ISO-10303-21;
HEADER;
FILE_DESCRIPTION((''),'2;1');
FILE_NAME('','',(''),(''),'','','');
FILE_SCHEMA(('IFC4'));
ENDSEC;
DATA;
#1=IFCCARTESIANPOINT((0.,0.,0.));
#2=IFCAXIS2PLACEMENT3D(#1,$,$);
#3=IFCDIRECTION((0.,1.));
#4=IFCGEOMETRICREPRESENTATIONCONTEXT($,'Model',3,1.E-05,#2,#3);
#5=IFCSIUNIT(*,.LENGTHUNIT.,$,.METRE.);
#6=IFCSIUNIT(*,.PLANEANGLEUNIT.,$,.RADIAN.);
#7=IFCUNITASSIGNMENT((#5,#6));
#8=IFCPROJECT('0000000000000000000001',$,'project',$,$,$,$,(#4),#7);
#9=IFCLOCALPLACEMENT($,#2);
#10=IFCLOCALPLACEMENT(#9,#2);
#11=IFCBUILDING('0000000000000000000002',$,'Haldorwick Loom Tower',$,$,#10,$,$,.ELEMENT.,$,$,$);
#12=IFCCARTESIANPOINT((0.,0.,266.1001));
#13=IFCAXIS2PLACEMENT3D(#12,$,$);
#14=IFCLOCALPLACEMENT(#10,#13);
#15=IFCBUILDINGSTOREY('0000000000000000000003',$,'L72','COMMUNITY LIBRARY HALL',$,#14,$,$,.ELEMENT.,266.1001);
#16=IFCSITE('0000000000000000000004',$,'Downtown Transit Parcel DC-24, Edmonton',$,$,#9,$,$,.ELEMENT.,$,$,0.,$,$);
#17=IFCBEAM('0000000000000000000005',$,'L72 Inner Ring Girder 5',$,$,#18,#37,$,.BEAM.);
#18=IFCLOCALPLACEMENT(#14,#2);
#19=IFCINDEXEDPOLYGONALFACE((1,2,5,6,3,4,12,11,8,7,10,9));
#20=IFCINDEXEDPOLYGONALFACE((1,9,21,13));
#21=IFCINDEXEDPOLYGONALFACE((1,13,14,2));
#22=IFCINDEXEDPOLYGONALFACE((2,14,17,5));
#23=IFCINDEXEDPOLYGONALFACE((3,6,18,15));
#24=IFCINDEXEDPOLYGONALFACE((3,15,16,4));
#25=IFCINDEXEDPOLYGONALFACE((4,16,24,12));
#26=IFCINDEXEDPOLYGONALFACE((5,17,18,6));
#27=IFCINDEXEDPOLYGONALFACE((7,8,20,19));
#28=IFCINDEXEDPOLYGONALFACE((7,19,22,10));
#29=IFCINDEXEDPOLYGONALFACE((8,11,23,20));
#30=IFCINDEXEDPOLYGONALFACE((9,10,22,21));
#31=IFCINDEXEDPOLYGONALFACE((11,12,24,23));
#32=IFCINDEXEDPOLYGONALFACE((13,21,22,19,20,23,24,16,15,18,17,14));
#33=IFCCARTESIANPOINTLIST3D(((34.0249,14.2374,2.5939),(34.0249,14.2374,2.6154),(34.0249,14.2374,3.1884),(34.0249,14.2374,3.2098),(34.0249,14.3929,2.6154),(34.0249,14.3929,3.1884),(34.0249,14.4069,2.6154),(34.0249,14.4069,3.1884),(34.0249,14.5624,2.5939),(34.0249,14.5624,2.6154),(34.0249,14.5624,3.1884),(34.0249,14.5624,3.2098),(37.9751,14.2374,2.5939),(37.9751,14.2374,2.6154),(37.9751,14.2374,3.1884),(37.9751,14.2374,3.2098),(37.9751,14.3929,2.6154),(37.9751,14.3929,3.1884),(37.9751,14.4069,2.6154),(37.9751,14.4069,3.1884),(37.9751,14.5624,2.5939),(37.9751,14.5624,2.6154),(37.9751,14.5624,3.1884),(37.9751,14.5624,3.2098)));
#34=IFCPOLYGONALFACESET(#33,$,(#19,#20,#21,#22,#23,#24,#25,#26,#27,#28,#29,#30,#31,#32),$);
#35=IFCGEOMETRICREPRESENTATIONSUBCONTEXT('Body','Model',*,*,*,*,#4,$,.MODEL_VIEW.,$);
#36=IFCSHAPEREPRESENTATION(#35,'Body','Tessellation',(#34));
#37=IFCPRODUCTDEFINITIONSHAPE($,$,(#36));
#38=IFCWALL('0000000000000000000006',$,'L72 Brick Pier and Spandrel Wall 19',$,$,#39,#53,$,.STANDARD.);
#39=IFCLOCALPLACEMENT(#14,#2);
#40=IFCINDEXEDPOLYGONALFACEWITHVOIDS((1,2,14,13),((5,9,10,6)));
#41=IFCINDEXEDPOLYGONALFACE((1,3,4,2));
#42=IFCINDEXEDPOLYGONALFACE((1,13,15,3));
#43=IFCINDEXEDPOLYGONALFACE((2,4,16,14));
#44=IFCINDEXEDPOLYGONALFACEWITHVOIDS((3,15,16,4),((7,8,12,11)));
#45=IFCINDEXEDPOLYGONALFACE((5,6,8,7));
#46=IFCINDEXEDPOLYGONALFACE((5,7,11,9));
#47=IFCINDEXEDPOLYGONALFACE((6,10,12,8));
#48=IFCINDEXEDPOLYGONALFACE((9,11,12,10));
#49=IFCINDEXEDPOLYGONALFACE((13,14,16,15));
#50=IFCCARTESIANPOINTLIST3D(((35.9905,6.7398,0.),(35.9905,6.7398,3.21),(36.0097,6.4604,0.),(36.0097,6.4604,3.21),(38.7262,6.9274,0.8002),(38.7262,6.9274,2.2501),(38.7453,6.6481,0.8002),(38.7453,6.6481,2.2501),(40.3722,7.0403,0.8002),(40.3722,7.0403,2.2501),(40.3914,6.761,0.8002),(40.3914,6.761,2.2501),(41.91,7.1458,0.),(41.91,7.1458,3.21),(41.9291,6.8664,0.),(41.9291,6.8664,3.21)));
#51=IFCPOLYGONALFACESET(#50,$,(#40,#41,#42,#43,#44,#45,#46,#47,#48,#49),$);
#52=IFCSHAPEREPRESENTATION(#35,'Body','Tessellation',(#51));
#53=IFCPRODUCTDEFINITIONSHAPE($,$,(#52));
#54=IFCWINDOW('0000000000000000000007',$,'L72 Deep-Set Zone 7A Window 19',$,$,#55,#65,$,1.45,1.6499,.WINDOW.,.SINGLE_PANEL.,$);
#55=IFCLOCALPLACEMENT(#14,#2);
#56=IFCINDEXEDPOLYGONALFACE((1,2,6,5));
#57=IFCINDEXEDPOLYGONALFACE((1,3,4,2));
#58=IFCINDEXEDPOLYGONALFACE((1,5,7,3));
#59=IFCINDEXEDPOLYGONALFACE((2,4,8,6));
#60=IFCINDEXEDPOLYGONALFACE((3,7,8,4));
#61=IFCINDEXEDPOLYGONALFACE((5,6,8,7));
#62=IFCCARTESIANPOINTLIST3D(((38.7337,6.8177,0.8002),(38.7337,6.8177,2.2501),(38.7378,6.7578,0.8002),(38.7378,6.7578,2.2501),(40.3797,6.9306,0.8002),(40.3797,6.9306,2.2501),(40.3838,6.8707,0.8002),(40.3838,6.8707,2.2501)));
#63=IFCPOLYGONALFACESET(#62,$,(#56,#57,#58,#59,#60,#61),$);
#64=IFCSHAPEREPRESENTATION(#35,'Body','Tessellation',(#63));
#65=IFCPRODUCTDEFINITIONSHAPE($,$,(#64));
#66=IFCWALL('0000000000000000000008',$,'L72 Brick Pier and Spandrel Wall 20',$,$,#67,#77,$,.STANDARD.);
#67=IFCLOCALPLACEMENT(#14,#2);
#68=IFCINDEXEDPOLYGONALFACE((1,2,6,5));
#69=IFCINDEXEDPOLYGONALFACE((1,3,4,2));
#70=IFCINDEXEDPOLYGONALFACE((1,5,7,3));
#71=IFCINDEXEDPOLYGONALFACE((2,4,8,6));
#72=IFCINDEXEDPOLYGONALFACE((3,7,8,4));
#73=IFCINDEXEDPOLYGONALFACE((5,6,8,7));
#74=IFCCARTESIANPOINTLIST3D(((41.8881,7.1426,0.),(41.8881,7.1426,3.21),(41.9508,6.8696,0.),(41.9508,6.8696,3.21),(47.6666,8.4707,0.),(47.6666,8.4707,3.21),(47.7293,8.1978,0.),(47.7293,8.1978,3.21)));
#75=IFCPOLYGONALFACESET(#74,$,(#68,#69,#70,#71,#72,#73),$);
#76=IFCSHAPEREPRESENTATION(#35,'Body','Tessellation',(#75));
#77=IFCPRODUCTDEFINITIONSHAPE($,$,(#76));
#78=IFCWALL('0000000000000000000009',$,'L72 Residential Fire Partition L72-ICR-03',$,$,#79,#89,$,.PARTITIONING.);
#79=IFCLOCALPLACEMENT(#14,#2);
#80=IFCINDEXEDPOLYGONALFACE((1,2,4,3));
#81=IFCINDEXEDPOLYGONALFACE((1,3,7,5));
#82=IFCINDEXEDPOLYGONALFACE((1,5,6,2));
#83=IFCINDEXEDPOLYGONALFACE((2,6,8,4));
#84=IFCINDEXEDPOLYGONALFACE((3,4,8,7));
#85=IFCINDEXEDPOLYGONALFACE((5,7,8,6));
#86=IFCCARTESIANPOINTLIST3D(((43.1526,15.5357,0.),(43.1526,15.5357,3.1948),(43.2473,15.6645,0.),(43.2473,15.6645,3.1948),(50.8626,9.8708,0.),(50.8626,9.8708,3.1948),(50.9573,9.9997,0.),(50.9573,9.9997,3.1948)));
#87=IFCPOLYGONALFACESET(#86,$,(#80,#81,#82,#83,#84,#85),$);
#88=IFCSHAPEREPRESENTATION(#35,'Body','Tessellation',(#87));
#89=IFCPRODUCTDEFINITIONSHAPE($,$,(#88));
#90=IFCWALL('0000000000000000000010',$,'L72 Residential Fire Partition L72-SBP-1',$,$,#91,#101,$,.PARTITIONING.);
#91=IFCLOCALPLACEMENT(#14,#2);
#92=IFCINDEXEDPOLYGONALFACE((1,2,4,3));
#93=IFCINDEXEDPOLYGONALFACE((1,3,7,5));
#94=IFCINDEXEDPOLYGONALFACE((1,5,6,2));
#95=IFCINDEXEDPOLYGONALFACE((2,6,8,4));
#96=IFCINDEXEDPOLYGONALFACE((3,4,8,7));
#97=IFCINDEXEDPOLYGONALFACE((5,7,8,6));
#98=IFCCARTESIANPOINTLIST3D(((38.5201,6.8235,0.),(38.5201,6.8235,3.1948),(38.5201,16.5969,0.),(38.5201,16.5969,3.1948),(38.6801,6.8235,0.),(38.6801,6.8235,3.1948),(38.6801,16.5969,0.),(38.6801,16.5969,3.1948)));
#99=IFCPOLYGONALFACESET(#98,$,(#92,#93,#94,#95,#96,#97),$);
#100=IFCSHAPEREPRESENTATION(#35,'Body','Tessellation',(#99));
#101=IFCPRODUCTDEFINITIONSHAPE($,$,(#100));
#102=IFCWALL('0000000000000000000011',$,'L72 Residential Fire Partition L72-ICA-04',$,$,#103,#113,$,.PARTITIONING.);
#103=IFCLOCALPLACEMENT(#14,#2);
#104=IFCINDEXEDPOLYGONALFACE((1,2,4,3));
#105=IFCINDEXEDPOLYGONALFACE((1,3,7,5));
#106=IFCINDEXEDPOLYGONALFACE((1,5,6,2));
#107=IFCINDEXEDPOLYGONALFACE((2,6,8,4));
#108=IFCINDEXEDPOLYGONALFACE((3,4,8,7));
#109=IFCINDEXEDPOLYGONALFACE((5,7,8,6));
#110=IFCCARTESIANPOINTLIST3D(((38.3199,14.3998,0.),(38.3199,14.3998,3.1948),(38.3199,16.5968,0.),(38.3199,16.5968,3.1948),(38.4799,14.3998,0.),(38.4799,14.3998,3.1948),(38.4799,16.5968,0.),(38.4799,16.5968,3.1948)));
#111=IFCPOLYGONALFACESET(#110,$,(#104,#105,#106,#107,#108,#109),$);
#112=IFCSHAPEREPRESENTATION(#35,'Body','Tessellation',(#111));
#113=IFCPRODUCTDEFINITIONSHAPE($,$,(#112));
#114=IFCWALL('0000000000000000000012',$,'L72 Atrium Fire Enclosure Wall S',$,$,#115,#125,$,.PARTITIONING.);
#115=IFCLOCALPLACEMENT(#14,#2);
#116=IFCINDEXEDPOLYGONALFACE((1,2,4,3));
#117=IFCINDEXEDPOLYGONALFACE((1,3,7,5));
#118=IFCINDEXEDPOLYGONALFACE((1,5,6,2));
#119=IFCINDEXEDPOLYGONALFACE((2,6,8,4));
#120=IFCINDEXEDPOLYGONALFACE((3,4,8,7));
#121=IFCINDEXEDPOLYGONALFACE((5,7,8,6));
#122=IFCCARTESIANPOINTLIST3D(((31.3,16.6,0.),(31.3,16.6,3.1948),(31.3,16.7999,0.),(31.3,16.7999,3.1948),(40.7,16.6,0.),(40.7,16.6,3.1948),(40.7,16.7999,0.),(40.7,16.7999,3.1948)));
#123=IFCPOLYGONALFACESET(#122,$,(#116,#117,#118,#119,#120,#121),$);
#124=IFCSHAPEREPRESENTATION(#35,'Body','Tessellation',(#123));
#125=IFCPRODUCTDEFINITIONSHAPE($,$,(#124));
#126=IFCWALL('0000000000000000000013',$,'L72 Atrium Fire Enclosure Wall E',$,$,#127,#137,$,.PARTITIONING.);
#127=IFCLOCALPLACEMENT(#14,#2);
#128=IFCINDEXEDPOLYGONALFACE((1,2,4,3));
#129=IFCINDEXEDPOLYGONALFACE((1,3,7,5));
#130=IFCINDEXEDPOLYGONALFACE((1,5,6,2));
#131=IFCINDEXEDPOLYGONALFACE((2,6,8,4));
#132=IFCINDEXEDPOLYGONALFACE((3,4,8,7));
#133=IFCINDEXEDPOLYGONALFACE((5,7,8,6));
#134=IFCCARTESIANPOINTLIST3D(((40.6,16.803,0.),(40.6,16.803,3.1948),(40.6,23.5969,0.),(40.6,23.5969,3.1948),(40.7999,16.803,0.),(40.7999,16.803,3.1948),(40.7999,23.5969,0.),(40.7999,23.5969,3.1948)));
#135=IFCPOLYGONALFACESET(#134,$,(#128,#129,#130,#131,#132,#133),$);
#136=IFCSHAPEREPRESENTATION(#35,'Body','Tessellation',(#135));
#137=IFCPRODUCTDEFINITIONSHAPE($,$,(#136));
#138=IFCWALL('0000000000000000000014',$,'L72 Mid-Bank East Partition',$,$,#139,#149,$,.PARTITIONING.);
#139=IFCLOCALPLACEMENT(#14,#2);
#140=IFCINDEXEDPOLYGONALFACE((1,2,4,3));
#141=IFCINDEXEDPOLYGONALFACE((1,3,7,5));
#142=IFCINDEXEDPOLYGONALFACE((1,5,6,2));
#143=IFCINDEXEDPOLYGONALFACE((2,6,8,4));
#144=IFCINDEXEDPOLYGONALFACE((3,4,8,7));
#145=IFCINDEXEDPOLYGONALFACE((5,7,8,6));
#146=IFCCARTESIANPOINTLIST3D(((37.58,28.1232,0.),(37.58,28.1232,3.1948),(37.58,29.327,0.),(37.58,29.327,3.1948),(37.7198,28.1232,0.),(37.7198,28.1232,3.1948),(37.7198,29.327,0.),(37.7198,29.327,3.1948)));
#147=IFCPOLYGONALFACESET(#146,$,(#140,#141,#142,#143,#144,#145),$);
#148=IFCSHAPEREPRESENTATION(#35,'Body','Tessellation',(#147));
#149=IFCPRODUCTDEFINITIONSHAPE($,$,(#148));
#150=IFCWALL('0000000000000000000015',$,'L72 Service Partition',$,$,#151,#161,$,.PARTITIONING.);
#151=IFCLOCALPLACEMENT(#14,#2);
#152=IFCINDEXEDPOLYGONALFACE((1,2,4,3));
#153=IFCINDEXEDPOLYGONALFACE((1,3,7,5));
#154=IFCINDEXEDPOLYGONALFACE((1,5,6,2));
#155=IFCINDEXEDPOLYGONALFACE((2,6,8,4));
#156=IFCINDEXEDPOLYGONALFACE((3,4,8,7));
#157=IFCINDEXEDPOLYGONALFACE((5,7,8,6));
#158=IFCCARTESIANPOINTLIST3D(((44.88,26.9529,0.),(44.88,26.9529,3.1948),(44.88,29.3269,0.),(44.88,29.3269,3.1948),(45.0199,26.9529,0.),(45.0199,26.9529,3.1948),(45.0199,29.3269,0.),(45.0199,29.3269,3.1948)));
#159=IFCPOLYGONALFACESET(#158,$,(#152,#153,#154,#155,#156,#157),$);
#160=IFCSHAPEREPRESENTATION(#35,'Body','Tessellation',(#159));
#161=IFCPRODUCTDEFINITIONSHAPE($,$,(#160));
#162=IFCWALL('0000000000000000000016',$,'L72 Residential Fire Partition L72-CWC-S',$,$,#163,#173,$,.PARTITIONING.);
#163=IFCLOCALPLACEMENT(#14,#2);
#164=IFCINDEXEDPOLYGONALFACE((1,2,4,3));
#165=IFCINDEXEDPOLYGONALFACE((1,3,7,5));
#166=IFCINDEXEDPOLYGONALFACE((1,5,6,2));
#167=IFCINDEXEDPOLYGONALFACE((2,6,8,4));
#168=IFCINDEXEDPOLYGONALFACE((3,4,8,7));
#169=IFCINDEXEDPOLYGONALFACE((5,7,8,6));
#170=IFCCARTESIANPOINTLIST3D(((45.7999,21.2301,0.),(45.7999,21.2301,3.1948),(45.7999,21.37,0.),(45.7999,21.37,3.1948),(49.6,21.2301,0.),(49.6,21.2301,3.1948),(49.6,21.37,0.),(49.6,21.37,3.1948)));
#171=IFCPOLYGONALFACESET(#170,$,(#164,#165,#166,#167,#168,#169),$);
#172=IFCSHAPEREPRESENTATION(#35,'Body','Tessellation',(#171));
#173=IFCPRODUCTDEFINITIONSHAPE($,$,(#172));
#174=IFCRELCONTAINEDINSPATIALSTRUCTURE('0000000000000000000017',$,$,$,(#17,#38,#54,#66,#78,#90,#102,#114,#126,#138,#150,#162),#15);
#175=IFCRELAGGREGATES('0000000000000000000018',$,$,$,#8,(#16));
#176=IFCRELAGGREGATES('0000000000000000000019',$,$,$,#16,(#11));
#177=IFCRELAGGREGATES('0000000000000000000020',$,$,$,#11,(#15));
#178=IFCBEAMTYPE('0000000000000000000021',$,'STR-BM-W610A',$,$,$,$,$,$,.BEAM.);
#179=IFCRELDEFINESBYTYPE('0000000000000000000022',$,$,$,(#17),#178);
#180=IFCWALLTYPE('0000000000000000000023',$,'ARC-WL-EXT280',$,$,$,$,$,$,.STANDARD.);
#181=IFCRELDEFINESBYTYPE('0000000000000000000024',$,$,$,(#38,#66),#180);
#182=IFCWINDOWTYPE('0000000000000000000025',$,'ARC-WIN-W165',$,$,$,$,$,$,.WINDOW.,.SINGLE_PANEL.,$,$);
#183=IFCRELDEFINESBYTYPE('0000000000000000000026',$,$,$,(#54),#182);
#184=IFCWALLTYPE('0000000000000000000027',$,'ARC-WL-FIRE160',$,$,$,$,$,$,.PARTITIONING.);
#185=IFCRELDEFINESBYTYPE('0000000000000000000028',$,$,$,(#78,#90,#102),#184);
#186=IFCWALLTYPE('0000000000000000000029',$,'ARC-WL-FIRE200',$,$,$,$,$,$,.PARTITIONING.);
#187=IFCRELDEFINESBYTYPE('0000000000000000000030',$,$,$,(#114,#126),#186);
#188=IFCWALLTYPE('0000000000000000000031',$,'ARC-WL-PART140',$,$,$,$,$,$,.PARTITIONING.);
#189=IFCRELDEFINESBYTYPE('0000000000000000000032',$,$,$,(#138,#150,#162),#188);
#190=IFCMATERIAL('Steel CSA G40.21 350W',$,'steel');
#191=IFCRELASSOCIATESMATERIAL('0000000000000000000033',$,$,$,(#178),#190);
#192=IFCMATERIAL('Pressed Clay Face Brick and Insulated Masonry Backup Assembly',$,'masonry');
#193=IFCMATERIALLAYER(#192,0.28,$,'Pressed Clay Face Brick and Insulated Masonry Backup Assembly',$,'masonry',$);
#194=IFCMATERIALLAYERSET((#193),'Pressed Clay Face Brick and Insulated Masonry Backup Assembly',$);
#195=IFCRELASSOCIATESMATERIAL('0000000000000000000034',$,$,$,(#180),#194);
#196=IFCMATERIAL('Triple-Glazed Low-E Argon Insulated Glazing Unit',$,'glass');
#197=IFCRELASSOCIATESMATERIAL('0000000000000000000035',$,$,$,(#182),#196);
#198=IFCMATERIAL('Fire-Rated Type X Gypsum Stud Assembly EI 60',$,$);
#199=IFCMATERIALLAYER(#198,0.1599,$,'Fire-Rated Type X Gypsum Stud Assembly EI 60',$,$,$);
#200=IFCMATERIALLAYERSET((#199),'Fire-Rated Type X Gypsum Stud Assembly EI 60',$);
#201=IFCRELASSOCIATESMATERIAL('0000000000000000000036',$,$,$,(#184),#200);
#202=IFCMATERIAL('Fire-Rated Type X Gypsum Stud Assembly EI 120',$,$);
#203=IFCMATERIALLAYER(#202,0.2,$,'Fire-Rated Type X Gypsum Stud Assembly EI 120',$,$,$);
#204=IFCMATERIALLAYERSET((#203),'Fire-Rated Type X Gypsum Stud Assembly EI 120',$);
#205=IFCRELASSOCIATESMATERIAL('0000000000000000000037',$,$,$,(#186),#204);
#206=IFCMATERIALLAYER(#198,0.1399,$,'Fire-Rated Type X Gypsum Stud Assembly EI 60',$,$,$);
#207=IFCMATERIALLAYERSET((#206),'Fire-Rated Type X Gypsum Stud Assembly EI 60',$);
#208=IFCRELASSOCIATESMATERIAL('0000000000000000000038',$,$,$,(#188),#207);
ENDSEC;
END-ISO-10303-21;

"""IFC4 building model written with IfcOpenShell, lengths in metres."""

from ifc_helpers import new_model, si_unit, direction, frame, frame_2d, origin, origin_2d, place, context, subcontext, project, spatial, rectangle, i_section, extrude, material, layer, layer_set, material_profile, profile_set, type_object, element, fill, save


model = new_model("IFC4")

# Units and contexts
model_context = context("Model", 3, precision=1e-05, world=origin(), true_north=direction((0.0, 1.0)))
body_context = subcontext(model_context, "Body", "Model", "MODEL_VIEW")
ifc_project = project(units=[si_unit("LENGTHUNIT", "METRE"), si_unit("PLANEANGLEUNIT", "RADIAN")], contexts=[model_context])

# Site, building, storey
site_placement = place(None, origin())
site = spatial("IfcSite", under=ifc_project, at=site_placement, Name="Downtown Transit Parcel DC-24, Edmonton", CompositionType="ELEMENT", RefElevation=0.0)
building_placement = place(site_placement, origin())
building = spatial("IfcBuilding", under=site, at=building_placement, Name="Haldorwick Loom Tower", CompositionType="ELEMENT")
storey_placement = place(building_placement, frame((0.0, 0.0, 266.1001)))
storey = spatial("IfcBuildingStorey", under=building, at=storey_placement, Name="L72", Description="COMMUNITY LIBRARY HALL", CompositionType="ELEMENT", Elevation=266.1001)

# Shared definitions
ifc_material_1 = material(Name="Steel CSA G40.21 350W", Category="steel")

# Beam
ifc_material_profile_1 = material_profile(ifc_material_1, i_section(OverallWidth=0.325, OverallDepth=0.616, WebThickness=0.0139, FlangeThickness=0.0215, at=origin_2d()), Name="W610X174", Category="steel")
ifc_profile_set_1 = profile_set([ifc_material_profile_1], Name="Steel CSA G40.21 350W")
beam_type_1 = type_object("IfcBeamType", Name="STR-BM-W610A", PredefinedType="BEAM", material=ifc_profile_set_1)
beam_1_placement = place(storey_placement, frame((37.9751, 14.3999, 2.9019), z_axis=(-1.0, 0.0, 0.0), x_axis=(0.0, -1.0, 0.0)))
element("IfcBeam", 1, at=beam_1_placement, inside=storey, type_object=beam_type_1, Name="L72 Inner Ring Girder 5", PredefinedType="BEAM", context=body_context, shape_type="SweptSolid", body=[
    extrude(i_section(OverallWidth=0.325, OverallDepth=0.616, WebThickness=0.0139, FlangeThickness=0.0215, at=origin_2d()), origin(), (0.0, 0.0, 1.0), 3.9502),
])

# Wall, opening, window
ifc_material_2 = material(Name="Pressed Clay Face Brick and Insulated Masonry Backup Assembly", Category="masonry")
ifc_layer_1 = layer(ifc_material_2, 0.28, Name="Pressed Clay Face Brick and Insulated Masonry Backup Assembly", Category="masonry")
ifc_layer_set_1 = layer_set([ifc_layer_1], Name="Pressed Clay Face Brick and Insulated Masonry Backup Assembly")
wall_type_1 = type_object("IfcWallType", Name="ARC-WL-EXT280", PredefinedType="STANDARD", material=ifc_layer_set_1)
wall_1_placement = place(storey_placement, frame((36.0, 6.6001, 0.0), z_axis=(0.0, 0.0, 1.0), x_axis=(0.997656, 0.068428, 0.0)))
wall_1 = element("IfcWall", 2, at=wall_1_placement, inside=storey, type_object=wall_type_1, Name="L72 Brick Pier and Spandrel Wall 19", PredefinedType="STANDARD", context=body_context, shape_type="SweptSolid", body=[
    extrude(rectangle(XDim=5.9333, YDim=0.28, at=frame_2d((2.9668, 0.0))), origin(), (0.0, 0.0, 1.0), 3.21),
])
opening_placement = place(wall_1_placement, frame((2.7422, 0.0, 0.8)))
opening = element("IfcOpeningElement", 3, at=opening_placement, cuts=wall_1, PredefinedType="OPENING", context=body_context, shape_type="SweptSolid", body=[
    extrude(rectangle(XDim=1.6499, YDim=1.45, at=frame_2d((0.825, 0.7251))), frame((0.0, 0.1499, 0.0), z_axis=(0.0, -1.0, 0.0), x_axis=(1.0, 0.0, 0.0)), (0.0, 0.0, 1.0), 0.3),
])
ifc_material_3 = material(Name="Triple-Glazed Low-E Argon Insulated Glazing Unit", Category="glass")
window_type = type_object("IfcWindowType", Name="ARC-WIN-W165", PartitioningType="SINGLE_PANEL", PredefinedType="WINDOW", material=ifc_material_3)
window_placement = place(opening_placement, origin())
window = element("IfcWindow", 4, at=window_placement, inside=storey, type_object=window_type, Name="L72 Deep-Set Zone 7A Window 19", OverallHeight=1.45, OverallWidth=1.6499, PartitioningType="SINGLE_PANEL", PredefinedType="WINDOW", context=body_context, shape_type="SweptSolid", body=[
    extrude(rectangle(XDim=1.6499, YDim=1.45, at=frame_2d((0.825, 0.7251))), frame((0.0, 0.03, 0.0), z_axis=(0.0, -1.0, 0.0), x_axis=(1.0, 0.0, 0.0)), (0.0, 0.0, 1.0), 0.0601),
])
fill(opening, window)

# Walls
wall_2_placement = place(storey_placement, frame((41.9194, 7.0061, 0.0), z_axis=(0.0, 0.0, 1.0), x_axis=(0.97459, 0.223996, 0.0)))
element("IfcWall", 5, at=wall_2_placement, inside=storey, type_object=wall_type_1, Name="L72 Brick Pier and Spandrel Wall 20", PredefinedType="STANDARD", context=body_context, shape_type="SweptSolid", body=[
    extrude(rectangle(XDim=5.9292, YDim=0.28, at=frame_2d((2.9646, 0.0))), origin(), (0.0, 0.0, 1.0), 3.21),
])
ifc_material_4 = material(Name="Fire-Rated Type X Gypsum Stud Assembly EI 60")
ifc_layer_2 = layer(ifc_material_4, 0.1599, Name="Fire-Rated Type X Gypsum Stud Assembly EI 60")
ifc_layer_set_2 = layer_set([ifc_layer_2], Name="Fire-Rated Type X Gypsum Stud Assembly EI 60")
wall_type_2 = type_object("IfcWallType", Name="ARC-WL-FIRE160", PredefinedType="PARTITIONING", material=ifc_layer_set_2)
wall_3_placement = place(storey_placement, frame((43.2, 15.6001, 0.0), z_axis=(0.0, 0.0, 1.0), x_axis=(0.805865, -0.592099, 0.0)))
element("IfcWall", 6, at=wall_3_placement, inside=storey, type_object=wall_type_2, Name="L72 Residential Fire Partition L72-ICR-03", PredefinedType="PARTITIONING", context=body_context, shape_type="SweptSolid", body=[
    extrude(rectangle(XDim=9.5674, YDim=0.1599, at=frame_2d((4.7837, 0.0))), origin(), (0.0, 0.0, 1.0), 3.1948),
])
wall_4_placement = place(storey_placement, frame((38.6001, 6.8235, 0.0), z_axis=(0.0, 0.0, 1.0), x_axis=(0.0, 1.0, 0.0)))
element("IfcWall", 7, at=wall_4_placement, inside=storey, type_object=wall_type_2, Name="L72 Residential Fire Partition L72-SBP-1", PredefinedType="PARTITIONING", context=body_context, shape_type="SweptSolid", body=[
    extrude(rectangle(XDim=9.7734, YDim=0.1599, at=frame_2d((4.8867, 0.0))), origin(), (0.0, 0.0, 1.0), 3.1948),
])
wall_5_placement = place(storey_placement, frame((38.3999, 16.5969, 0.0), z_axis=(0.0, 0.0, 1.0), x_axis=(0.0, -1.0, 0.0)))
element("IfcWall", 8, at=wall_5_placement, inside=storey, type_object=wall_type_2, Name="L72 Residential Fire Partition L72-ICA-04", PredefinedType="PARTITIONING", context=body_context, shape_type="SweptSolid", body=[
    extrude(rectangle(XDim=2.197, YDim=0.1599, at=frame_2d((1.0986, 0.0))), origin(), (0.0, 0.0, 1.0), 3.1948),
])
ifc_material_5 = material(Name="Fire-Rated Type X Gypsum Stud Assembly EI 120")
ifc_layer_3 = layer(ifc_material_5, 0.2, Name="Fire-Rated Type X Gypsum Stud Assembly EI 120")
ifc_layer_set_3 = layer_set([ifc_layer_3], Name="Fire-Rated Type X Gypsum Stud Assembly EI 120")
wall_type_3 = type_object("IfcWallType", Name="ARC-WL-FIRE200", PredefinedType="PARTITIONING", material=ifc_layer_set_3)
wall_6_placement = place(storey_placement, frame((40.7, 16.7, 0.0), z_axis=(0.0, 0.0, 1.0), x_axis=(-1.0, 0.0, 0.0)))
element("IfcWall", 9, at=wall_6_placement, inside=storey, type_object=wall_type_3, Name="L72 Atrium Fire Enclosure Wall S", PredefinedType="PARTITIONING", context=body_context, shape_type="SweptSolid", body=[
    extrude(rectangle(XDim=9.3999, YDim=0.2, at=frame_2d((4.7, 0.0))), origin(), (0.0, 0.0, 1.0), 3.1948),
])
wall_7_placement = place(storey_placement, frame((40.7, 23.5969, 0.0), z_axis=(0.0, 0.0, 1.0), x_axis=(0.0, -1.0, 0.0)))
element("IfcWall", 10, at=wall_7_placement, inside=storey, type_object=wall_type_3, Name="L72 Atrium Fire Enclosure Wall E", PredefinedType="PARTITIONING", context=body_context, shape_type="SweptSolid", body=[
    extrude(rectangle(XDim=6.7939, YDim=0.2, at=frame_2d((3.397, 0.0))), origin(), (0.0, 0.0, 1.0), 3.1948),
])
ifc_layer_4 = layer(ifc_material_4, 0.1399, Name="Fire-Rated Type X Gypsum Stud Assembly EI 60")
ifc_layer_set_4 = layer_set([ifc_layer_4], Name="Fire-Rated Type X Gypsum Stud Assembly EI 60")
wall_type_4 = type_object("IfcWallType", Name="ARC-WL-PART140", PredefinedType="PARTITIONING", material=ifc_layer_set_4)
wall_8_placement = place(storey_placement, frame((37.6499, 28.123, 0.0), z_axis=(0.0, 0.0, 1.0), x_axis=(0.0, 1.0, 0.0)))
element("IfcWall", 11, at=wall_8_placement, inside=storey, type_object=wall_type_4, Name="L72 Mid-Bank East Partition", PredefinedType="PARTITIONING", context=body_context, shape_type="SweptSolid", body=[
    extrude(rectangle(XDim=1.2039, YDim=0.1399, at=frame_2d((0.6021, 0.0))), origin(), (0.0, 0.0, 1.0), 3.1948),
])
wall_9_placement = place(storey_placement, frame((44.95, 26.9529, 0.0), z_axis=(0.0, 0.0, 1.0), x_axis=(0.0, 1.0, 0.0)))
element("IfcWall", 12, at=wall_9_placement, inside=storey, type_object=wall_type_4, Name="L72 Service Partition", PredefinedType="PARTITIONING", context=body_context, shape_type="SweptSolid", body=[
    extrude(rectangle(XDim=2.374, YDim=0.1399, at=frame_2d((1.187, 0.0))), origin(), (0.0, 0.0, 1.0), 3.1948),
])
wall_10_placement = place(storey_placement, frame((45.8, 21.3, 0.0), z_axis=(0.0, 0.0, 1.0), x_axis=(1.0, 0.0, 0.0)))
element("IfcWall", 13, at=wall_10_placement, inside=storey, type_object=wall_type_4, Name="L72 Residential Fire Partition L72-CWC-S", PredefinedType="PARTITIONING", context=body_context, shape_type="SweptSolid", body=[
    extrude(rectangle(XDim=3.8, YDim=0.1399, at=frame_2d((1.8999, 0.0))), origin(), (0.0, 0.0, 1.0), 3.1948),
])

save(model, "model.ifc")
